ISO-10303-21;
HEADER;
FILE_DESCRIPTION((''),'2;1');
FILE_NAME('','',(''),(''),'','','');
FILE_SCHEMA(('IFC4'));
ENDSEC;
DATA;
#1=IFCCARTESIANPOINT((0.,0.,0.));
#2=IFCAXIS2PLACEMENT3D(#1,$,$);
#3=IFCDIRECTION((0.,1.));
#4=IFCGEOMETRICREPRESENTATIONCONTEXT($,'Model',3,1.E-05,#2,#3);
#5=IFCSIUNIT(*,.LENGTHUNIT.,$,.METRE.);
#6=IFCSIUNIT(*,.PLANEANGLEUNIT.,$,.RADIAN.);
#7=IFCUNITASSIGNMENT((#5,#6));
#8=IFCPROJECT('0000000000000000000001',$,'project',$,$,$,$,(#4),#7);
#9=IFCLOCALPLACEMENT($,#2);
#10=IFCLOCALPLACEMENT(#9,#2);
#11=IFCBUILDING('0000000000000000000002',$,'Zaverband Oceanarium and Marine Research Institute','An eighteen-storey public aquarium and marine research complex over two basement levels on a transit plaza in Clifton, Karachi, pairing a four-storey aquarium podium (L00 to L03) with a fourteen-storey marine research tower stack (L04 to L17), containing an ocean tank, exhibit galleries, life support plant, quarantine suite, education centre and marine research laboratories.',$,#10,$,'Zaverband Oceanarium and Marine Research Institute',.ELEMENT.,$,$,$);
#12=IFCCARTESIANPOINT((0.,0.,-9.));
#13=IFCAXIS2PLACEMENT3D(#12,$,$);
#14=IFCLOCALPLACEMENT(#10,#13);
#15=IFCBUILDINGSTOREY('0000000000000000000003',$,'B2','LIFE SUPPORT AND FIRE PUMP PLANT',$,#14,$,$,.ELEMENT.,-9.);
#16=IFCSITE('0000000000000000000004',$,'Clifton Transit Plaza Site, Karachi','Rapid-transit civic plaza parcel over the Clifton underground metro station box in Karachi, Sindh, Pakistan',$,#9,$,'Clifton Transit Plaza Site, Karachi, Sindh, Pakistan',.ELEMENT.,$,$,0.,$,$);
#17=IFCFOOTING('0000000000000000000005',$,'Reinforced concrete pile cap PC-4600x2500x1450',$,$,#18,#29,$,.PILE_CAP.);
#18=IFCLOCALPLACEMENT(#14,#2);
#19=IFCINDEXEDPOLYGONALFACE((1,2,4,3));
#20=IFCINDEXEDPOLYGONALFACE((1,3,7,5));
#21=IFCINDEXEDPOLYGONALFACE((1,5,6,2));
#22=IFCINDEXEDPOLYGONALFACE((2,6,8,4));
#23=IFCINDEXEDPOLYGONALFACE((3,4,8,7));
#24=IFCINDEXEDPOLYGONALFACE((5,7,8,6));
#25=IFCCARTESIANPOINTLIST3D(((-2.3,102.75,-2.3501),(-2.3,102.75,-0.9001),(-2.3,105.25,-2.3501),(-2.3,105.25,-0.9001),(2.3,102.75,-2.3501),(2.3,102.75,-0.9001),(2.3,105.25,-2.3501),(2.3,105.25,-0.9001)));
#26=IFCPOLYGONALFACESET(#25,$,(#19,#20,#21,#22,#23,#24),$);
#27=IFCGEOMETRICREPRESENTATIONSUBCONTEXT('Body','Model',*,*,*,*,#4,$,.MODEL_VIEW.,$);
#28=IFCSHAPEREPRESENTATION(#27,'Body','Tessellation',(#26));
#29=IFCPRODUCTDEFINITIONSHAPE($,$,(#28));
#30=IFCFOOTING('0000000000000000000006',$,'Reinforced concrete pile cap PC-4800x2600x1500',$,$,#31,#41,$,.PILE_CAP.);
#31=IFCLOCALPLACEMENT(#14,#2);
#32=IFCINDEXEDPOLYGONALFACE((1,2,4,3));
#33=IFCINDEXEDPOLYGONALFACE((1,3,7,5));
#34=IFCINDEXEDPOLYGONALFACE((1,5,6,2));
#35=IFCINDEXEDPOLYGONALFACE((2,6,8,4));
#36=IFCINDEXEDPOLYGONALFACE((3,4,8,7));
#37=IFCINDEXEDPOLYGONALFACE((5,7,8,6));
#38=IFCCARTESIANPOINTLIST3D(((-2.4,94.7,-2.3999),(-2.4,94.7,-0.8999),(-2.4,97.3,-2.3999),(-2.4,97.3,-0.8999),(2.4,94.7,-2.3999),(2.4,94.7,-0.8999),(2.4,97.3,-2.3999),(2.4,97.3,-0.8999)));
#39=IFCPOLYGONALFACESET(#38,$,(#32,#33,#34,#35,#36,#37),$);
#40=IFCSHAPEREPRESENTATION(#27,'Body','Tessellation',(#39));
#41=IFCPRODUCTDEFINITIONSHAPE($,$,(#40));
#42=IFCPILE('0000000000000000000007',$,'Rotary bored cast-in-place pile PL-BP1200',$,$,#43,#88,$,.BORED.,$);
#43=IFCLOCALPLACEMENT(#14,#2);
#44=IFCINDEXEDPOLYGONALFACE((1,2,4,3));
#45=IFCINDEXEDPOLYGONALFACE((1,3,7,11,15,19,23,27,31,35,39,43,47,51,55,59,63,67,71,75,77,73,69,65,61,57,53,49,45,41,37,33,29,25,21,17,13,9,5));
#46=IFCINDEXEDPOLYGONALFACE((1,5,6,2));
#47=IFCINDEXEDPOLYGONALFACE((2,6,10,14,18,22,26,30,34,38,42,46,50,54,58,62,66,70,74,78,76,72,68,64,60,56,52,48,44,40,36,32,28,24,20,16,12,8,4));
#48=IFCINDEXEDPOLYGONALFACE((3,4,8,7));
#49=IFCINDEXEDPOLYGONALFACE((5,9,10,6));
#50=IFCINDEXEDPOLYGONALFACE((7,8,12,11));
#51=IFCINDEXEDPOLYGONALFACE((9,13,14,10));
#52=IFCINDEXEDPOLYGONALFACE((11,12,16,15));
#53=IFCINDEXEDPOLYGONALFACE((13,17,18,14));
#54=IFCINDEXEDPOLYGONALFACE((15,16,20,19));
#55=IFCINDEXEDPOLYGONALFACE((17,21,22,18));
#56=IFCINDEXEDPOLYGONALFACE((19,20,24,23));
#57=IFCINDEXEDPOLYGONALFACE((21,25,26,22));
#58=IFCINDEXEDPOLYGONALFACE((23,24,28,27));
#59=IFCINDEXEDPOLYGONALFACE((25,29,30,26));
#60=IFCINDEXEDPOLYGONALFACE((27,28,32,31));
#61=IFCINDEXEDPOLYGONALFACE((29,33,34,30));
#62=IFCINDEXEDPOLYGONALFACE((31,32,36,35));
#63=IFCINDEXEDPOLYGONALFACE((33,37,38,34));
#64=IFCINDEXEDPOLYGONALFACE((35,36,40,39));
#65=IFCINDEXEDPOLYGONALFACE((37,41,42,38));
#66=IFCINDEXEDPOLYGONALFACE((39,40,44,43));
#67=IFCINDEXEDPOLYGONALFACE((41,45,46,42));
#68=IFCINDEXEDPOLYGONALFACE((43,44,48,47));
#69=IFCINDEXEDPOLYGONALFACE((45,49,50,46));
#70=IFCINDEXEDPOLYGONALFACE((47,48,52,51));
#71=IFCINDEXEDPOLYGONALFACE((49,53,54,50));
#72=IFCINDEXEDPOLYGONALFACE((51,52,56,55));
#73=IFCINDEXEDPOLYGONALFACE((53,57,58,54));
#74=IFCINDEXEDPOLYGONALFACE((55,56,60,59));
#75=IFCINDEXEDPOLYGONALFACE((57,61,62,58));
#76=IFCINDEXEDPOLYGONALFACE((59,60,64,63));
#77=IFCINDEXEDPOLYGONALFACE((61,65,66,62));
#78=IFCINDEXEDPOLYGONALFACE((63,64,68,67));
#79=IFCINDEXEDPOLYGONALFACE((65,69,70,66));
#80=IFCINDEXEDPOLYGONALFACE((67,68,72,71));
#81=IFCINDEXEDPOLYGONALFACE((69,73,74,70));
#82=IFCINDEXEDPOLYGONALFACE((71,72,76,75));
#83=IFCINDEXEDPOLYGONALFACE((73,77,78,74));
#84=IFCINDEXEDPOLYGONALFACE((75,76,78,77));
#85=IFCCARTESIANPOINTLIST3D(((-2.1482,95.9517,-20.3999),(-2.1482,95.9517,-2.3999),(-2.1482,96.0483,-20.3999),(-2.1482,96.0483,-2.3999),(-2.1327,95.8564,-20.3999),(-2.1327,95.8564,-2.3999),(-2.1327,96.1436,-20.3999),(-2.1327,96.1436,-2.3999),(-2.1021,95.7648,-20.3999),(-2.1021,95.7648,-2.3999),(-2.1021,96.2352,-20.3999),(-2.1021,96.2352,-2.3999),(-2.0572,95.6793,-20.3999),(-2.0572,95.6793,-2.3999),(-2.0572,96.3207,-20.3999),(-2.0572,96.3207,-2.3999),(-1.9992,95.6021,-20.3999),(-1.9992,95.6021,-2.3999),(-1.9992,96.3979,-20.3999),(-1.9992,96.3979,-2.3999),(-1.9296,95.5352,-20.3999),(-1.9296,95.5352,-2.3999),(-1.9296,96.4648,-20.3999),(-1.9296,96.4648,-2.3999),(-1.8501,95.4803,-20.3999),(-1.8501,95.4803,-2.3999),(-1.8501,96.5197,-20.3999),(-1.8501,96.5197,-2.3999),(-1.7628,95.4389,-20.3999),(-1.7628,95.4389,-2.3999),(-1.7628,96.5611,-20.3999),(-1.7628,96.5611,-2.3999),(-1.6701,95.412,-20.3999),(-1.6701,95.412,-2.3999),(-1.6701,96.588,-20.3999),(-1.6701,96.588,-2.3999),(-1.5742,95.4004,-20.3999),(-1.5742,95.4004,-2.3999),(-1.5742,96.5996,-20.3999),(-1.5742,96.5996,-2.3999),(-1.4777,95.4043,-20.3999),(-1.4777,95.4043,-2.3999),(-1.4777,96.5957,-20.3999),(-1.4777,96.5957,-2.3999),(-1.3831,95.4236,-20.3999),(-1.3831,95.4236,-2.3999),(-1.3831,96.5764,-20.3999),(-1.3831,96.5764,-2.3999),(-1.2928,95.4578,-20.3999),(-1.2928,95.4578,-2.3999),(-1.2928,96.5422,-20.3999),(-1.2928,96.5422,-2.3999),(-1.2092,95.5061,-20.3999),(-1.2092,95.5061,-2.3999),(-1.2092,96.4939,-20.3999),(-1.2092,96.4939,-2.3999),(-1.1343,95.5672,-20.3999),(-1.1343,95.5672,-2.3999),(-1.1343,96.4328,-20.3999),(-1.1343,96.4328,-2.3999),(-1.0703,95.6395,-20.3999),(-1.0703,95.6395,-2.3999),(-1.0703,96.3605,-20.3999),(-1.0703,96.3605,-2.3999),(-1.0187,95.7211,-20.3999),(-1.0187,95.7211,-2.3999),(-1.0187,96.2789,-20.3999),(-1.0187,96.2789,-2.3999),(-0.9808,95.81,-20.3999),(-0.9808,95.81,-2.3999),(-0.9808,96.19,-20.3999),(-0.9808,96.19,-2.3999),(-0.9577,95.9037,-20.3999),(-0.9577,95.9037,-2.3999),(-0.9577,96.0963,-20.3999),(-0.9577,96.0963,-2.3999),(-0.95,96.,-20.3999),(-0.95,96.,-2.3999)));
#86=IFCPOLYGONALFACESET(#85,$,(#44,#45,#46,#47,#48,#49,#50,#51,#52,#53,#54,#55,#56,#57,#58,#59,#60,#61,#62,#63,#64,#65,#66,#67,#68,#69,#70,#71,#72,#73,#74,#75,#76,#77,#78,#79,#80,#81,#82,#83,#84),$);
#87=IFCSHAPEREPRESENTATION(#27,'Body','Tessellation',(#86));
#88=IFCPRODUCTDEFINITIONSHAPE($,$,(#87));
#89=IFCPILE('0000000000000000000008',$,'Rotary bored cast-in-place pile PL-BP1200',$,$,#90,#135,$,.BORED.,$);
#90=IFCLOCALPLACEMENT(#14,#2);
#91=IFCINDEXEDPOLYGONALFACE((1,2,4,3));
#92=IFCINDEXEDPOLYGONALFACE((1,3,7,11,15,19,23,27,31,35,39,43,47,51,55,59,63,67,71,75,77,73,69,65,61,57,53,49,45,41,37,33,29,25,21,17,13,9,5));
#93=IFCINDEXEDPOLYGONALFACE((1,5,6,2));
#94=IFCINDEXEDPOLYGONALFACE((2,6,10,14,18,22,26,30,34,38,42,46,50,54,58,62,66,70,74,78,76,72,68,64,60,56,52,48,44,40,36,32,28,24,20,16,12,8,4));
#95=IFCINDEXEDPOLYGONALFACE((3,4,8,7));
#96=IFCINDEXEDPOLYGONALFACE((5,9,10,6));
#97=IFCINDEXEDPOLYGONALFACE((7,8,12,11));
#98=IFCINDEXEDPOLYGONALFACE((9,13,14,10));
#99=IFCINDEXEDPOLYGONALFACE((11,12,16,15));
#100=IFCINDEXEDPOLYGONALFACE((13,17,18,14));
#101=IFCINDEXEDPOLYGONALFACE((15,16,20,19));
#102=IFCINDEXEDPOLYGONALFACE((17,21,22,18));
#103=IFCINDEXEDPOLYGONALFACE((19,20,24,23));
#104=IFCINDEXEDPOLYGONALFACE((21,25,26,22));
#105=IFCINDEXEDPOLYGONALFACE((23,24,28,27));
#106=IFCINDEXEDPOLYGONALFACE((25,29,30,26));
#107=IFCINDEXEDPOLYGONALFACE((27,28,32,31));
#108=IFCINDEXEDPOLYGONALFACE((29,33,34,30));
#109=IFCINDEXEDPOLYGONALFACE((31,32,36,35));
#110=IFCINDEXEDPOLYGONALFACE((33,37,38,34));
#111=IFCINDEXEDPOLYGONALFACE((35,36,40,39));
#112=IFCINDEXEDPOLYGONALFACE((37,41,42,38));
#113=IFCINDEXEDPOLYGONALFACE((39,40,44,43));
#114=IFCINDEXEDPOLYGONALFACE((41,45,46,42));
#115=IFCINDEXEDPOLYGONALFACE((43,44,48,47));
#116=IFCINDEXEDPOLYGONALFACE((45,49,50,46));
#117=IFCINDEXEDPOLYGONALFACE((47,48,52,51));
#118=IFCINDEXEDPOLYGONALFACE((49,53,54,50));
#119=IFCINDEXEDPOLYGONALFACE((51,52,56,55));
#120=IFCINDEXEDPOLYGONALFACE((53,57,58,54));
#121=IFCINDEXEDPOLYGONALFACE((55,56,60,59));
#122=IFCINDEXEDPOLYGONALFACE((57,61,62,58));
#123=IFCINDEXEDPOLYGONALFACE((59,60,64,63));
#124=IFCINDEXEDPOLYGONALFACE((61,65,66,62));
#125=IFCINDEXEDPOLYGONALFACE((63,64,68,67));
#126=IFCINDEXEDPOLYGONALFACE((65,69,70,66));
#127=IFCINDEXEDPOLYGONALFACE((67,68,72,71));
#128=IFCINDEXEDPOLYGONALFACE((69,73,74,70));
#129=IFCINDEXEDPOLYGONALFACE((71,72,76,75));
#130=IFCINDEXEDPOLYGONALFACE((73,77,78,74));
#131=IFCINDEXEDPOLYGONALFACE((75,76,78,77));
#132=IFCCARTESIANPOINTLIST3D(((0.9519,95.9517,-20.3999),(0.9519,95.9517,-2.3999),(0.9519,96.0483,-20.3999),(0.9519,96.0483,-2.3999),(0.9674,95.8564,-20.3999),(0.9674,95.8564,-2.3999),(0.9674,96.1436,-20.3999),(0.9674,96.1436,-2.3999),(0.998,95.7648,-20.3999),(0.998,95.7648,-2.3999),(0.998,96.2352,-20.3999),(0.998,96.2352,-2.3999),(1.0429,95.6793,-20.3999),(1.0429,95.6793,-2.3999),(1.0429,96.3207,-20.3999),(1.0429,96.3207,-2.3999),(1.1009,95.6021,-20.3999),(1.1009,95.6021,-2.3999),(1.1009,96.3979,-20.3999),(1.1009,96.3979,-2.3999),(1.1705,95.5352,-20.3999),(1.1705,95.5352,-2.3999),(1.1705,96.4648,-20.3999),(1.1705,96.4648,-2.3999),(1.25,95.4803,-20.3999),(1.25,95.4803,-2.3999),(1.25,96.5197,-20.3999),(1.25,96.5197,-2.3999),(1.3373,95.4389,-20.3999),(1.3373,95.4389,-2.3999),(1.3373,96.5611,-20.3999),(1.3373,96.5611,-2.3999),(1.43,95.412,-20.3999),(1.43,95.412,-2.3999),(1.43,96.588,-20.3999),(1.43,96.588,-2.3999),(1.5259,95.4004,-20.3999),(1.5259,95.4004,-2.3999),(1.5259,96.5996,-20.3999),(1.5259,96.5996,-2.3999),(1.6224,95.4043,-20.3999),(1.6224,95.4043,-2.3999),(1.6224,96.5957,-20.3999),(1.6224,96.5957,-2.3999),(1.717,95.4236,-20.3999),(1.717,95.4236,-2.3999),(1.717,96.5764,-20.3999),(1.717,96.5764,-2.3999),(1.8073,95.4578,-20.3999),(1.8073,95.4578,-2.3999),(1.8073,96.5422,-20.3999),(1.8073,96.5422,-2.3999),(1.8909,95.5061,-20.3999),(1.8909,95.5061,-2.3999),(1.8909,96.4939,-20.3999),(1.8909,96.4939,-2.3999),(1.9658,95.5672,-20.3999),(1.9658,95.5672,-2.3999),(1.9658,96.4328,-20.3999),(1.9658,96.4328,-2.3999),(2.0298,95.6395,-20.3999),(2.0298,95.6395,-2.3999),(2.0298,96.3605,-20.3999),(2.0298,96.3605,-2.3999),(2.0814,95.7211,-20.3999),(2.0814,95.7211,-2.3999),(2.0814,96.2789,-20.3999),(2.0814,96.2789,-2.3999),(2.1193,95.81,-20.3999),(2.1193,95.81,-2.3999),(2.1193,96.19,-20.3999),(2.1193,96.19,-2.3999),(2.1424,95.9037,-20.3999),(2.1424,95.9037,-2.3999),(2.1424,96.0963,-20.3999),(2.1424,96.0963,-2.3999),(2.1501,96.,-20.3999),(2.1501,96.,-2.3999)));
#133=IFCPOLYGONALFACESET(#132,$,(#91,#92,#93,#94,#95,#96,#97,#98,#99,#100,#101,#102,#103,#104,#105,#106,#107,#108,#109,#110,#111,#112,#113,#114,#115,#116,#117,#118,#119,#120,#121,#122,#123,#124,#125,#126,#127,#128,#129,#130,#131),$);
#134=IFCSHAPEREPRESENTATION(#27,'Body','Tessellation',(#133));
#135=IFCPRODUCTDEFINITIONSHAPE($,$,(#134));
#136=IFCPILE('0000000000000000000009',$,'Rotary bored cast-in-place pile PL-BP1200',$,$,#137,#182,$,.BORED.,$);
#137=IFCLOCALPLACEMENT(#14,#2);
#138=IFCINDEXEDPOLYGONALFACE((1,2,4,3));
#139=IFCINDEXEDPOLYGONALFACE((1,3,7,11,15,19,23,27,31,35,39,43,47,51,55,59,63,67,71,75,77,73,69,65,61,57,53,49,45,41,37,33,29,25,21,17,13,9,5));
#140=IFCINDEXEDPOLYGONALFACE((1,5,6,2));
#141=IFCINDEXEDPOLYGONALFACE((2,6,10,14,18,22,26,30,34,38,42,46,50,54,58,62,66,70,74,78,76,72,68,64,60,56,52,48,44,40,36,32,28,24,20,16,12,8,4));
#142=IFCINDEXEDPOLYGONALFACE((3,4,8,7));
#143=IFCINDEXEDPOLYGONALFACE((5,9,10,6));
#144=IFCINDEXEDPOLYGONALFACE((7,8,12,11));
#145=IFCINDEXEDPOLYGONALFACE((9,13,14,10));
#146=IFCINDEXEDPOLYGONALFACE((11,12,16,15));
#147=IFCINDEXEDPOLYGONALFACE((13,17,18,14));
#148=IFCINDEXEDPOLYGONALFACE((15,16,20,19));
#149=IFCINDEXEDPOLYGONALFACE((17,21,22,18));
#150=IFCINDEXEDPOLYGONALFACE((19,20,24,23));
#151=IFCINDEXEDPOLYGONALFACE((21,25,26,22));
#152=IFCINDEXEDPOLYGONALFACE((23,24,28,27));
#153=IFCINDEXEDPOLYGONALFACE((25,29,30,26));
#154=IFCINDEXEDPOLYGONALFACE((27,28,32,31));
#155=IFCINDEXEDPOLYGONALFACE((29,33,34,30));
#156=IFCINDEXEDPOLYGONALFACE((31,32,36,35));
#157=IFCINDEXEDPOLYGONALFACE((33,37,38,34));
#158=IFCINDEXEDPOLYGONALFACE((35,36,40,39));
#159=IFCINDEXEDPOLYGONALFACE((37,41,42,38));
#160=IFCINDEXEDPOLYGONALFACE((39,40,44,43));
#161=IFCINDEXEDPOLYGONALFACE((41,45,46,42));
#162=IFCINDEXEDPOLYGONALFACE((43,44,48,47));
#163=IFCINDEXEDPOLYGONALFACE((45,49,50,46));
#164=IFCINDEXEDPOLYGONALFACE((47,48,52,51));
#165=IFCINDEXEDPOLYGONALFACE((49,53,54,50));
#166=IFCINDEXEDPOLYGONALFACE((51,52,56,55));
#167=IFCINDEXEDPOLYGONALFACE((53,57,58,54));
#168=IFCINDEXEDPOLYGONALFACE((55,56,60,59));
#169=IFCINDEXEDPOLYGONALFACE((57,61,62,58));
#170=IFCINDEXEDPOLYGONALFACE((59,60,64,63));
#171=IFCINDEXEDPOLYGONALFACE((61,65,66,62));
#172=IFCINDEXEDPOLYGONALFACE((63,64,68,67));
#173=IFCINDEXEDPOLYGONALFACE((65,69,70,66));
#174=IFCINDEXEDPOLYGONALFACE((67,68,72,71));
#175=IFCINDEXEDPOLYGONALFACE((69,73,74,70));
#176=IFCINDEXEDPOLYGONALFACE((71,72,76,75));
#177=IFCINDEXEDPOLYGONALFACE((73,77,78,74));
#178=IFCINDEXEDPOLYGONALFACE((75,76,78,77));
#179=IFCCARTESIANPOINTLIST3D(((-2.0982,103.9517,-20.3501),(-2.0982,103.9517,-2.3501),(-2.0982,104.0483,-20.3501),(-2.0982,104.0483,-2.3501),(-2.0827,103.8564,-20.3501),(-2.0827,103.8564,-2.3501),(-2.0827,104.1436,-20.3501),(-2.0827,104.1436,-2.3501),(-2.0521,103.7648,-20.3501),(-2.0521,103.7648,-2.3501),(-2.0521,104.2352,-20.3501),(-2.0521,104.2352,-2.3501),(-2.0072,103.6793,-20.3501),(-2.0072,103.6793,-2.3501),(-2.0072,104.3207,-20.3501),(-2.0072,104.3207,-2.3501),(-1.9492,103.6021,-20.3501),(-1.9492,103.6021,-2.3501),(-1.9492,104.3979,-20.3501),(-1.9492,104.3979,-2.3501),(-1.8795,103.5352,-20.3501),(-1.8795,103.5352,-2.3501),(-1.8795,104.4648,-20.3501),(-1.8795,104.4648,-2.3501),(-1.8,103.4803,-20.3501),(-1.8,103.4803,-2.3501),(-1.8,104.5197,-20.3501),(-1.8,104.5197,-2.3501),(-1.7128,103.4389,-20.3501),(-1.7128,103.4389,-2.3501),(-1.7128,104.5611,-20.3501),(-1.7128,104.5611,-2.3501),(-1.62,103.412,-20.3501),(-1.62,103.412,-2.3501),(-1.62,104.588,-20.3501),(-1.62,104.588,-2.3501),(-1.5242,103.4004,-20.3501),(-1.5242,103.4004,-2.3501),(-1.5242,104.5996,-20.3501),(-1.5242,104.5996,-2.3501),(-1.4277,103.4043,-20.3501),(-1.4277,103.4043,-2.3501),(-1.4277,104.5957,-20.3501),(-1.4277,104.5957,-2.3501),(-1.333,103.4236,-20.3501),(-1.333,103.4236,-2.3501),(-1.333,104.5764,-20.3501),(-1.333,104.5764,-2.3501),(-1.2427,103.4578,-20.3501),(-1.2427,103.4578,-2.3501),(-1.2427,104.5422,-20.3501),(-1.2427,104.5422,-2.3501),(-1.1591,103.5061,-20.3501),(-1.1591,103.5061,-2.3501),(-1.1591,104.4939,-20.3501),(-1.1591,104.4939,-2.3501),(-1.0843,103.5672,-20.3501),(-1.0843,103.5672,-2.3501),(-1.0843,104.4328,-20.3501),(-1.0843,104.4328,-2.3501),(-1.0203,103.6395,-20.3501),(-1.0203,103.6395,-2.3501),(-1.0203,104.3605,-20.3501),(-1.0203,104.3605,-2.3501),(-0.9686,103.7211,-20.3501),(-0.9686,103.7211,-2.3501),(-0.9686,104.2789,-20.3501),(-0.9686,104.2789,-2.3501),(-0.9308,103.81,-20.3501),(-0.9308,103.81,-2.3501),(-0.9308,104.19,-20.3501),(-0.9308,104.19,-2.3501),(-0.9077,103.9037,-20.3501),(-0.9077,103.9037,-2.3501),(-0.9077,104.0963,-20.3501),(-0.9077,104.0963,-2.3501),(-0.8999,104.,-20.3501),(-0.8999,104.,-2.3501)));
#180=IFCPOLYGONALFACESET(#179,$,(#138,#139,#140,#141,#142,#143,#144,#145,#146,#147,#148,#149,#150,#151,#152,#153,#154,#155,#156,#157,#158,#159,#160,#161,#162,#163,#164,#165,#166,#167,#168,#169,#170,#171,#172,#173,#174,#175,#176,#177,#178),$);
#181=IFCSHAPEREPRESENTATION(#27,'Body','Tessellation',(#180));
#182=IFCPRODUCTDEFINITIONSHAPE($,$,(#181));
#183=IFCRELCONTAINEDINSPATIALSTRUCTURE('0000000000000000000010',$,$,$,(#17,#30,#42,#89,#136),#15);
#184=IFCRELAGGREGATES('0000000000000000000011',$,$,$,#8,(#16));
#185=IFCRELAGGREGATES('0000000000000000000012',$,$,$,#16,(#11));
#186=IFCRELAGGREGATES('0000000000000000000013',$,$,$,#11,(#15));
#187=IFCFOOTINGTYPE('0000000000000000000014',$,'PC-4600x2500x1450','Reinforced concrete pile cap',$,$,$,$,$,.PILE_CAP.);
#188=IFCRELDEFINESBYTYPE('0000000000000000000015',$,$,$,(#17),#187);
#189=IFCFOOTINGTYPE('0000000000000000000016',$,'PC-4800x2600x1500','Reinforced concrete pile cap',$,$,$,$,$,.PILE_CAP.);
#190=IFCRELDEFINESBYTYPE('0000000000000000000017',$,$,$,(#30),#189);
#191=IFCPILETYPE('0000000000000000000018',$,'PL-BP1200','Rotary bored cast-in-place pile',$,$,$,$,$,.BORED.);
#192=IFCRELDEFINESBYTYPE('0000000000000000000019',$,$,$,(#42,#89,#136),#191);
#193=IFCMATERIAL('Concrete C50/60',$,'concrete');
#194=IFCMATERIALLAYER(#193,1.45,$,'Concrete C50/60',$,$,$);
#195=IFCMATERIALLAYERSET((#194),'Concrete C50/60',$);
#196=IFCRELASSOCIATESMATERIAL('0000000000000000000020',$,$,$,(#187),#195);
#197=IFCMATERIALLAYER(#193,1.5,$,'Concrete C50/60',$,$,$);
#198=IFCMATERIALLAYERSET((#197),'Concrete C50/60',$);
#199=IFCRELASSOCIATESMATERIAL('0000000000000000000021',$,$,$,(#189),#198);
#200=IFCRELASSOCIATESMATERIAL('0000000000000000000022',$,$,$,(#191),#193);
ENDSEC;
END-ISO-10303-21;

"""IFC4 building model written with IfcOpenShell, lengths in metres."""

from ifc_helpers import new_model, si_unit, direction, frame, origin, origin_2d, place, context, subcontext, project, spatial, rectangle, circle, extrude, material, layer, layer_set, material_profile, profile_set, type_object, element, save


model = new_model("IFC4")

# Units and contexts
model_context = context("Model", 3, precision=1e-05, world=origin(), true_north=direction((0.0, 1.0)))
body_context = subcontext(model_context, "Body", "Model", "MODEL_VIEW")
ifc_project = project(units=[si_unit("LENGTHUNIT", "METRE"), si_unit("PLANEANGLEUNIT", "RADIAN")], contexts=[model_context])

# Site, building, storey
site_placement = place(None, origin())
site = spatial("IfcSite", under=ifc_project, at=site_placement, Name="Clifton Transit Plaza Site, Karachi", Description="Rapid-transit civic plaza parcel over the Clifton underground metro station box in Karachi, Sindh, Pakistan", LongName="Clifton Transit Plaza Site, Karachi, Sindh, Pakistan", CompositionType="ELEMENT", RefElevation=0.0)
building_placement = place(site_placement, origin())
building = spatial("IfcBuilding", under=site, at=building_placement, Name="Zaverband Oceanarium and Marine Research Institute", Description="An eighteen-storey public aquarium and marine research complex over two basement levels on a transit plaza in Clifton, Karachi, pairing a four-storey aquarium podium (L00 to L03) with a fourteen-storey marine research tower stack (L04 to L17), containing an ocean tank, exhibit galleries, life support plant, quarantine suite, education centre and marine research laboratories.", LongName="Zaverband Oceanarium and Marine Research Institute", CompositionType="ELEMENT")
storey_placement = place(building_placement, frame((0.0, 0.0, -9.0)))
storey = spatial("IfcBuildingStorey", under=building, at=storey_placement, Name="B2", Description="LIFE SUPPORT AND FIRE PUMP PLANT", CompositionType="ELEMENT", Elevation=-9.0)

# Footings
ifc_material_1 = material(Name="Concrete C50/60", Category="concrete")
ifc_layer_1 = layer(ifc_material_1, 1.45, Name="Concrete C50/60")
ifc_layer_set_1 = layer_set([ifc_layer_1], Name="Concrete C50/60")
footing_type_1 = type_object("IfcFootingType", Name="PC-4600x2500x1450", Description="Reinforced concrete pile cap", PredefinedType="PILE_CAP", material=ifc_layer_set_1)
footing_1_placement = place(storey_placement, frame((0.0, 104.0, -2.3501), z_axis=(0.0, 0.0, 1.0), x_axis=(1.0, 0.0, 0.0)))
element("IfcFooting", 1, at=footing_1_placement, inside=storey, type_object=footing_type_1, Name="Reinforced concrete pile cap PC-4600x2500x1450", PredefinedType="PILE_CAP", context=body_context, shape_type="SweptSolid", body=[
    extrude(rectangle(XDim=4.6001, YDim=2.5, at=origin_2d()), origin(), (0.0, 0.0, 1.0), 1.45),
])
ifc_layer_2 = layer(ifc_material_1, 1.5, Name="Concrete C50/60")
ifc_layer_set_2 = layer_set([ifc_layer_2], Name="Concrete C50/60")
footing_type_2 = type_object("IfcFootingType", Name="PC-4800x2600x1500", Description="Reinforced concrete pile cap", PredefinedType="PILE_CAP", material=ifc_layer_set_2)
footing_2_placement = place(storey_placement, frame((0.0, 96.0, -2.3999), z_axis=(0.0, 0.0, 1.0), x_axis=(1.0, 0.0, 0.0)))
element("IfcFooting", 2, at=footing_2_placement, inside=storey, type_object=footing_type_2, Name="Reinforced concrete pile cap PC-4800x2600x1500", PredefinedType="PILE_CAP", context=body_context, shape_type="SweptSolid", body=[
    extrude(rectangle(XDim=4.8, YDim=2.6001, at=origin_2d()), origin(), (0.0, 0.0, 1.0), 1.5),
])

# Piles
ifc_material_profile_1 = material_profile(ifc_material_1, circle(Radius=0.6001, at=origin_2d()), Name="BP1200")
ifc_profile_set_1 = profile_set([ifc_material_profile_1], Name="Concrete C50/60")
pile_type = type_object("IfcPileType", Name="PL-BP1200", Description="Rotary bored cast-in-place pile", PredefinedType="BORED", material=ifc_profile_set_1)
for number, where, z_axis, x_axis, name in (
    (3, (-1.55, 96.0, -2.3999), (0.0, 0.0, -1.0), (1.0, 0.0, 0.0), "Rotary bored cast-in-place pile PL-BP1200"),
    (4, (1.55, 96.0, -2.3999), (0.0, 0.0, -1.0), (1.0, 0.0, 0.0), "Rotary bored cast-in-place pile PL-BP1200"),
    (5, (-1.5, 104.0, -2.3501), (0.0, 0.0, -1.0), (1.0, 0.0, 0.0), "Rotary bored cast-in-place pile PL-BP1200"),
):
    element("IfcPile", number, at=place(storey_placement, frame(where, z_axis=z_axis, x_axis=x_axis)), inside=storey, type_object=pile_type, Name=name, PredefinedType="BORED", context=body_context, shape_type="SweptSolid", body=[
        extrude(circle(Radius=0.6001, at=origin_2d()), origin(), (0.0, 0.0, 1.0), 18.0),
    ])

save(model, "model.ifc")
